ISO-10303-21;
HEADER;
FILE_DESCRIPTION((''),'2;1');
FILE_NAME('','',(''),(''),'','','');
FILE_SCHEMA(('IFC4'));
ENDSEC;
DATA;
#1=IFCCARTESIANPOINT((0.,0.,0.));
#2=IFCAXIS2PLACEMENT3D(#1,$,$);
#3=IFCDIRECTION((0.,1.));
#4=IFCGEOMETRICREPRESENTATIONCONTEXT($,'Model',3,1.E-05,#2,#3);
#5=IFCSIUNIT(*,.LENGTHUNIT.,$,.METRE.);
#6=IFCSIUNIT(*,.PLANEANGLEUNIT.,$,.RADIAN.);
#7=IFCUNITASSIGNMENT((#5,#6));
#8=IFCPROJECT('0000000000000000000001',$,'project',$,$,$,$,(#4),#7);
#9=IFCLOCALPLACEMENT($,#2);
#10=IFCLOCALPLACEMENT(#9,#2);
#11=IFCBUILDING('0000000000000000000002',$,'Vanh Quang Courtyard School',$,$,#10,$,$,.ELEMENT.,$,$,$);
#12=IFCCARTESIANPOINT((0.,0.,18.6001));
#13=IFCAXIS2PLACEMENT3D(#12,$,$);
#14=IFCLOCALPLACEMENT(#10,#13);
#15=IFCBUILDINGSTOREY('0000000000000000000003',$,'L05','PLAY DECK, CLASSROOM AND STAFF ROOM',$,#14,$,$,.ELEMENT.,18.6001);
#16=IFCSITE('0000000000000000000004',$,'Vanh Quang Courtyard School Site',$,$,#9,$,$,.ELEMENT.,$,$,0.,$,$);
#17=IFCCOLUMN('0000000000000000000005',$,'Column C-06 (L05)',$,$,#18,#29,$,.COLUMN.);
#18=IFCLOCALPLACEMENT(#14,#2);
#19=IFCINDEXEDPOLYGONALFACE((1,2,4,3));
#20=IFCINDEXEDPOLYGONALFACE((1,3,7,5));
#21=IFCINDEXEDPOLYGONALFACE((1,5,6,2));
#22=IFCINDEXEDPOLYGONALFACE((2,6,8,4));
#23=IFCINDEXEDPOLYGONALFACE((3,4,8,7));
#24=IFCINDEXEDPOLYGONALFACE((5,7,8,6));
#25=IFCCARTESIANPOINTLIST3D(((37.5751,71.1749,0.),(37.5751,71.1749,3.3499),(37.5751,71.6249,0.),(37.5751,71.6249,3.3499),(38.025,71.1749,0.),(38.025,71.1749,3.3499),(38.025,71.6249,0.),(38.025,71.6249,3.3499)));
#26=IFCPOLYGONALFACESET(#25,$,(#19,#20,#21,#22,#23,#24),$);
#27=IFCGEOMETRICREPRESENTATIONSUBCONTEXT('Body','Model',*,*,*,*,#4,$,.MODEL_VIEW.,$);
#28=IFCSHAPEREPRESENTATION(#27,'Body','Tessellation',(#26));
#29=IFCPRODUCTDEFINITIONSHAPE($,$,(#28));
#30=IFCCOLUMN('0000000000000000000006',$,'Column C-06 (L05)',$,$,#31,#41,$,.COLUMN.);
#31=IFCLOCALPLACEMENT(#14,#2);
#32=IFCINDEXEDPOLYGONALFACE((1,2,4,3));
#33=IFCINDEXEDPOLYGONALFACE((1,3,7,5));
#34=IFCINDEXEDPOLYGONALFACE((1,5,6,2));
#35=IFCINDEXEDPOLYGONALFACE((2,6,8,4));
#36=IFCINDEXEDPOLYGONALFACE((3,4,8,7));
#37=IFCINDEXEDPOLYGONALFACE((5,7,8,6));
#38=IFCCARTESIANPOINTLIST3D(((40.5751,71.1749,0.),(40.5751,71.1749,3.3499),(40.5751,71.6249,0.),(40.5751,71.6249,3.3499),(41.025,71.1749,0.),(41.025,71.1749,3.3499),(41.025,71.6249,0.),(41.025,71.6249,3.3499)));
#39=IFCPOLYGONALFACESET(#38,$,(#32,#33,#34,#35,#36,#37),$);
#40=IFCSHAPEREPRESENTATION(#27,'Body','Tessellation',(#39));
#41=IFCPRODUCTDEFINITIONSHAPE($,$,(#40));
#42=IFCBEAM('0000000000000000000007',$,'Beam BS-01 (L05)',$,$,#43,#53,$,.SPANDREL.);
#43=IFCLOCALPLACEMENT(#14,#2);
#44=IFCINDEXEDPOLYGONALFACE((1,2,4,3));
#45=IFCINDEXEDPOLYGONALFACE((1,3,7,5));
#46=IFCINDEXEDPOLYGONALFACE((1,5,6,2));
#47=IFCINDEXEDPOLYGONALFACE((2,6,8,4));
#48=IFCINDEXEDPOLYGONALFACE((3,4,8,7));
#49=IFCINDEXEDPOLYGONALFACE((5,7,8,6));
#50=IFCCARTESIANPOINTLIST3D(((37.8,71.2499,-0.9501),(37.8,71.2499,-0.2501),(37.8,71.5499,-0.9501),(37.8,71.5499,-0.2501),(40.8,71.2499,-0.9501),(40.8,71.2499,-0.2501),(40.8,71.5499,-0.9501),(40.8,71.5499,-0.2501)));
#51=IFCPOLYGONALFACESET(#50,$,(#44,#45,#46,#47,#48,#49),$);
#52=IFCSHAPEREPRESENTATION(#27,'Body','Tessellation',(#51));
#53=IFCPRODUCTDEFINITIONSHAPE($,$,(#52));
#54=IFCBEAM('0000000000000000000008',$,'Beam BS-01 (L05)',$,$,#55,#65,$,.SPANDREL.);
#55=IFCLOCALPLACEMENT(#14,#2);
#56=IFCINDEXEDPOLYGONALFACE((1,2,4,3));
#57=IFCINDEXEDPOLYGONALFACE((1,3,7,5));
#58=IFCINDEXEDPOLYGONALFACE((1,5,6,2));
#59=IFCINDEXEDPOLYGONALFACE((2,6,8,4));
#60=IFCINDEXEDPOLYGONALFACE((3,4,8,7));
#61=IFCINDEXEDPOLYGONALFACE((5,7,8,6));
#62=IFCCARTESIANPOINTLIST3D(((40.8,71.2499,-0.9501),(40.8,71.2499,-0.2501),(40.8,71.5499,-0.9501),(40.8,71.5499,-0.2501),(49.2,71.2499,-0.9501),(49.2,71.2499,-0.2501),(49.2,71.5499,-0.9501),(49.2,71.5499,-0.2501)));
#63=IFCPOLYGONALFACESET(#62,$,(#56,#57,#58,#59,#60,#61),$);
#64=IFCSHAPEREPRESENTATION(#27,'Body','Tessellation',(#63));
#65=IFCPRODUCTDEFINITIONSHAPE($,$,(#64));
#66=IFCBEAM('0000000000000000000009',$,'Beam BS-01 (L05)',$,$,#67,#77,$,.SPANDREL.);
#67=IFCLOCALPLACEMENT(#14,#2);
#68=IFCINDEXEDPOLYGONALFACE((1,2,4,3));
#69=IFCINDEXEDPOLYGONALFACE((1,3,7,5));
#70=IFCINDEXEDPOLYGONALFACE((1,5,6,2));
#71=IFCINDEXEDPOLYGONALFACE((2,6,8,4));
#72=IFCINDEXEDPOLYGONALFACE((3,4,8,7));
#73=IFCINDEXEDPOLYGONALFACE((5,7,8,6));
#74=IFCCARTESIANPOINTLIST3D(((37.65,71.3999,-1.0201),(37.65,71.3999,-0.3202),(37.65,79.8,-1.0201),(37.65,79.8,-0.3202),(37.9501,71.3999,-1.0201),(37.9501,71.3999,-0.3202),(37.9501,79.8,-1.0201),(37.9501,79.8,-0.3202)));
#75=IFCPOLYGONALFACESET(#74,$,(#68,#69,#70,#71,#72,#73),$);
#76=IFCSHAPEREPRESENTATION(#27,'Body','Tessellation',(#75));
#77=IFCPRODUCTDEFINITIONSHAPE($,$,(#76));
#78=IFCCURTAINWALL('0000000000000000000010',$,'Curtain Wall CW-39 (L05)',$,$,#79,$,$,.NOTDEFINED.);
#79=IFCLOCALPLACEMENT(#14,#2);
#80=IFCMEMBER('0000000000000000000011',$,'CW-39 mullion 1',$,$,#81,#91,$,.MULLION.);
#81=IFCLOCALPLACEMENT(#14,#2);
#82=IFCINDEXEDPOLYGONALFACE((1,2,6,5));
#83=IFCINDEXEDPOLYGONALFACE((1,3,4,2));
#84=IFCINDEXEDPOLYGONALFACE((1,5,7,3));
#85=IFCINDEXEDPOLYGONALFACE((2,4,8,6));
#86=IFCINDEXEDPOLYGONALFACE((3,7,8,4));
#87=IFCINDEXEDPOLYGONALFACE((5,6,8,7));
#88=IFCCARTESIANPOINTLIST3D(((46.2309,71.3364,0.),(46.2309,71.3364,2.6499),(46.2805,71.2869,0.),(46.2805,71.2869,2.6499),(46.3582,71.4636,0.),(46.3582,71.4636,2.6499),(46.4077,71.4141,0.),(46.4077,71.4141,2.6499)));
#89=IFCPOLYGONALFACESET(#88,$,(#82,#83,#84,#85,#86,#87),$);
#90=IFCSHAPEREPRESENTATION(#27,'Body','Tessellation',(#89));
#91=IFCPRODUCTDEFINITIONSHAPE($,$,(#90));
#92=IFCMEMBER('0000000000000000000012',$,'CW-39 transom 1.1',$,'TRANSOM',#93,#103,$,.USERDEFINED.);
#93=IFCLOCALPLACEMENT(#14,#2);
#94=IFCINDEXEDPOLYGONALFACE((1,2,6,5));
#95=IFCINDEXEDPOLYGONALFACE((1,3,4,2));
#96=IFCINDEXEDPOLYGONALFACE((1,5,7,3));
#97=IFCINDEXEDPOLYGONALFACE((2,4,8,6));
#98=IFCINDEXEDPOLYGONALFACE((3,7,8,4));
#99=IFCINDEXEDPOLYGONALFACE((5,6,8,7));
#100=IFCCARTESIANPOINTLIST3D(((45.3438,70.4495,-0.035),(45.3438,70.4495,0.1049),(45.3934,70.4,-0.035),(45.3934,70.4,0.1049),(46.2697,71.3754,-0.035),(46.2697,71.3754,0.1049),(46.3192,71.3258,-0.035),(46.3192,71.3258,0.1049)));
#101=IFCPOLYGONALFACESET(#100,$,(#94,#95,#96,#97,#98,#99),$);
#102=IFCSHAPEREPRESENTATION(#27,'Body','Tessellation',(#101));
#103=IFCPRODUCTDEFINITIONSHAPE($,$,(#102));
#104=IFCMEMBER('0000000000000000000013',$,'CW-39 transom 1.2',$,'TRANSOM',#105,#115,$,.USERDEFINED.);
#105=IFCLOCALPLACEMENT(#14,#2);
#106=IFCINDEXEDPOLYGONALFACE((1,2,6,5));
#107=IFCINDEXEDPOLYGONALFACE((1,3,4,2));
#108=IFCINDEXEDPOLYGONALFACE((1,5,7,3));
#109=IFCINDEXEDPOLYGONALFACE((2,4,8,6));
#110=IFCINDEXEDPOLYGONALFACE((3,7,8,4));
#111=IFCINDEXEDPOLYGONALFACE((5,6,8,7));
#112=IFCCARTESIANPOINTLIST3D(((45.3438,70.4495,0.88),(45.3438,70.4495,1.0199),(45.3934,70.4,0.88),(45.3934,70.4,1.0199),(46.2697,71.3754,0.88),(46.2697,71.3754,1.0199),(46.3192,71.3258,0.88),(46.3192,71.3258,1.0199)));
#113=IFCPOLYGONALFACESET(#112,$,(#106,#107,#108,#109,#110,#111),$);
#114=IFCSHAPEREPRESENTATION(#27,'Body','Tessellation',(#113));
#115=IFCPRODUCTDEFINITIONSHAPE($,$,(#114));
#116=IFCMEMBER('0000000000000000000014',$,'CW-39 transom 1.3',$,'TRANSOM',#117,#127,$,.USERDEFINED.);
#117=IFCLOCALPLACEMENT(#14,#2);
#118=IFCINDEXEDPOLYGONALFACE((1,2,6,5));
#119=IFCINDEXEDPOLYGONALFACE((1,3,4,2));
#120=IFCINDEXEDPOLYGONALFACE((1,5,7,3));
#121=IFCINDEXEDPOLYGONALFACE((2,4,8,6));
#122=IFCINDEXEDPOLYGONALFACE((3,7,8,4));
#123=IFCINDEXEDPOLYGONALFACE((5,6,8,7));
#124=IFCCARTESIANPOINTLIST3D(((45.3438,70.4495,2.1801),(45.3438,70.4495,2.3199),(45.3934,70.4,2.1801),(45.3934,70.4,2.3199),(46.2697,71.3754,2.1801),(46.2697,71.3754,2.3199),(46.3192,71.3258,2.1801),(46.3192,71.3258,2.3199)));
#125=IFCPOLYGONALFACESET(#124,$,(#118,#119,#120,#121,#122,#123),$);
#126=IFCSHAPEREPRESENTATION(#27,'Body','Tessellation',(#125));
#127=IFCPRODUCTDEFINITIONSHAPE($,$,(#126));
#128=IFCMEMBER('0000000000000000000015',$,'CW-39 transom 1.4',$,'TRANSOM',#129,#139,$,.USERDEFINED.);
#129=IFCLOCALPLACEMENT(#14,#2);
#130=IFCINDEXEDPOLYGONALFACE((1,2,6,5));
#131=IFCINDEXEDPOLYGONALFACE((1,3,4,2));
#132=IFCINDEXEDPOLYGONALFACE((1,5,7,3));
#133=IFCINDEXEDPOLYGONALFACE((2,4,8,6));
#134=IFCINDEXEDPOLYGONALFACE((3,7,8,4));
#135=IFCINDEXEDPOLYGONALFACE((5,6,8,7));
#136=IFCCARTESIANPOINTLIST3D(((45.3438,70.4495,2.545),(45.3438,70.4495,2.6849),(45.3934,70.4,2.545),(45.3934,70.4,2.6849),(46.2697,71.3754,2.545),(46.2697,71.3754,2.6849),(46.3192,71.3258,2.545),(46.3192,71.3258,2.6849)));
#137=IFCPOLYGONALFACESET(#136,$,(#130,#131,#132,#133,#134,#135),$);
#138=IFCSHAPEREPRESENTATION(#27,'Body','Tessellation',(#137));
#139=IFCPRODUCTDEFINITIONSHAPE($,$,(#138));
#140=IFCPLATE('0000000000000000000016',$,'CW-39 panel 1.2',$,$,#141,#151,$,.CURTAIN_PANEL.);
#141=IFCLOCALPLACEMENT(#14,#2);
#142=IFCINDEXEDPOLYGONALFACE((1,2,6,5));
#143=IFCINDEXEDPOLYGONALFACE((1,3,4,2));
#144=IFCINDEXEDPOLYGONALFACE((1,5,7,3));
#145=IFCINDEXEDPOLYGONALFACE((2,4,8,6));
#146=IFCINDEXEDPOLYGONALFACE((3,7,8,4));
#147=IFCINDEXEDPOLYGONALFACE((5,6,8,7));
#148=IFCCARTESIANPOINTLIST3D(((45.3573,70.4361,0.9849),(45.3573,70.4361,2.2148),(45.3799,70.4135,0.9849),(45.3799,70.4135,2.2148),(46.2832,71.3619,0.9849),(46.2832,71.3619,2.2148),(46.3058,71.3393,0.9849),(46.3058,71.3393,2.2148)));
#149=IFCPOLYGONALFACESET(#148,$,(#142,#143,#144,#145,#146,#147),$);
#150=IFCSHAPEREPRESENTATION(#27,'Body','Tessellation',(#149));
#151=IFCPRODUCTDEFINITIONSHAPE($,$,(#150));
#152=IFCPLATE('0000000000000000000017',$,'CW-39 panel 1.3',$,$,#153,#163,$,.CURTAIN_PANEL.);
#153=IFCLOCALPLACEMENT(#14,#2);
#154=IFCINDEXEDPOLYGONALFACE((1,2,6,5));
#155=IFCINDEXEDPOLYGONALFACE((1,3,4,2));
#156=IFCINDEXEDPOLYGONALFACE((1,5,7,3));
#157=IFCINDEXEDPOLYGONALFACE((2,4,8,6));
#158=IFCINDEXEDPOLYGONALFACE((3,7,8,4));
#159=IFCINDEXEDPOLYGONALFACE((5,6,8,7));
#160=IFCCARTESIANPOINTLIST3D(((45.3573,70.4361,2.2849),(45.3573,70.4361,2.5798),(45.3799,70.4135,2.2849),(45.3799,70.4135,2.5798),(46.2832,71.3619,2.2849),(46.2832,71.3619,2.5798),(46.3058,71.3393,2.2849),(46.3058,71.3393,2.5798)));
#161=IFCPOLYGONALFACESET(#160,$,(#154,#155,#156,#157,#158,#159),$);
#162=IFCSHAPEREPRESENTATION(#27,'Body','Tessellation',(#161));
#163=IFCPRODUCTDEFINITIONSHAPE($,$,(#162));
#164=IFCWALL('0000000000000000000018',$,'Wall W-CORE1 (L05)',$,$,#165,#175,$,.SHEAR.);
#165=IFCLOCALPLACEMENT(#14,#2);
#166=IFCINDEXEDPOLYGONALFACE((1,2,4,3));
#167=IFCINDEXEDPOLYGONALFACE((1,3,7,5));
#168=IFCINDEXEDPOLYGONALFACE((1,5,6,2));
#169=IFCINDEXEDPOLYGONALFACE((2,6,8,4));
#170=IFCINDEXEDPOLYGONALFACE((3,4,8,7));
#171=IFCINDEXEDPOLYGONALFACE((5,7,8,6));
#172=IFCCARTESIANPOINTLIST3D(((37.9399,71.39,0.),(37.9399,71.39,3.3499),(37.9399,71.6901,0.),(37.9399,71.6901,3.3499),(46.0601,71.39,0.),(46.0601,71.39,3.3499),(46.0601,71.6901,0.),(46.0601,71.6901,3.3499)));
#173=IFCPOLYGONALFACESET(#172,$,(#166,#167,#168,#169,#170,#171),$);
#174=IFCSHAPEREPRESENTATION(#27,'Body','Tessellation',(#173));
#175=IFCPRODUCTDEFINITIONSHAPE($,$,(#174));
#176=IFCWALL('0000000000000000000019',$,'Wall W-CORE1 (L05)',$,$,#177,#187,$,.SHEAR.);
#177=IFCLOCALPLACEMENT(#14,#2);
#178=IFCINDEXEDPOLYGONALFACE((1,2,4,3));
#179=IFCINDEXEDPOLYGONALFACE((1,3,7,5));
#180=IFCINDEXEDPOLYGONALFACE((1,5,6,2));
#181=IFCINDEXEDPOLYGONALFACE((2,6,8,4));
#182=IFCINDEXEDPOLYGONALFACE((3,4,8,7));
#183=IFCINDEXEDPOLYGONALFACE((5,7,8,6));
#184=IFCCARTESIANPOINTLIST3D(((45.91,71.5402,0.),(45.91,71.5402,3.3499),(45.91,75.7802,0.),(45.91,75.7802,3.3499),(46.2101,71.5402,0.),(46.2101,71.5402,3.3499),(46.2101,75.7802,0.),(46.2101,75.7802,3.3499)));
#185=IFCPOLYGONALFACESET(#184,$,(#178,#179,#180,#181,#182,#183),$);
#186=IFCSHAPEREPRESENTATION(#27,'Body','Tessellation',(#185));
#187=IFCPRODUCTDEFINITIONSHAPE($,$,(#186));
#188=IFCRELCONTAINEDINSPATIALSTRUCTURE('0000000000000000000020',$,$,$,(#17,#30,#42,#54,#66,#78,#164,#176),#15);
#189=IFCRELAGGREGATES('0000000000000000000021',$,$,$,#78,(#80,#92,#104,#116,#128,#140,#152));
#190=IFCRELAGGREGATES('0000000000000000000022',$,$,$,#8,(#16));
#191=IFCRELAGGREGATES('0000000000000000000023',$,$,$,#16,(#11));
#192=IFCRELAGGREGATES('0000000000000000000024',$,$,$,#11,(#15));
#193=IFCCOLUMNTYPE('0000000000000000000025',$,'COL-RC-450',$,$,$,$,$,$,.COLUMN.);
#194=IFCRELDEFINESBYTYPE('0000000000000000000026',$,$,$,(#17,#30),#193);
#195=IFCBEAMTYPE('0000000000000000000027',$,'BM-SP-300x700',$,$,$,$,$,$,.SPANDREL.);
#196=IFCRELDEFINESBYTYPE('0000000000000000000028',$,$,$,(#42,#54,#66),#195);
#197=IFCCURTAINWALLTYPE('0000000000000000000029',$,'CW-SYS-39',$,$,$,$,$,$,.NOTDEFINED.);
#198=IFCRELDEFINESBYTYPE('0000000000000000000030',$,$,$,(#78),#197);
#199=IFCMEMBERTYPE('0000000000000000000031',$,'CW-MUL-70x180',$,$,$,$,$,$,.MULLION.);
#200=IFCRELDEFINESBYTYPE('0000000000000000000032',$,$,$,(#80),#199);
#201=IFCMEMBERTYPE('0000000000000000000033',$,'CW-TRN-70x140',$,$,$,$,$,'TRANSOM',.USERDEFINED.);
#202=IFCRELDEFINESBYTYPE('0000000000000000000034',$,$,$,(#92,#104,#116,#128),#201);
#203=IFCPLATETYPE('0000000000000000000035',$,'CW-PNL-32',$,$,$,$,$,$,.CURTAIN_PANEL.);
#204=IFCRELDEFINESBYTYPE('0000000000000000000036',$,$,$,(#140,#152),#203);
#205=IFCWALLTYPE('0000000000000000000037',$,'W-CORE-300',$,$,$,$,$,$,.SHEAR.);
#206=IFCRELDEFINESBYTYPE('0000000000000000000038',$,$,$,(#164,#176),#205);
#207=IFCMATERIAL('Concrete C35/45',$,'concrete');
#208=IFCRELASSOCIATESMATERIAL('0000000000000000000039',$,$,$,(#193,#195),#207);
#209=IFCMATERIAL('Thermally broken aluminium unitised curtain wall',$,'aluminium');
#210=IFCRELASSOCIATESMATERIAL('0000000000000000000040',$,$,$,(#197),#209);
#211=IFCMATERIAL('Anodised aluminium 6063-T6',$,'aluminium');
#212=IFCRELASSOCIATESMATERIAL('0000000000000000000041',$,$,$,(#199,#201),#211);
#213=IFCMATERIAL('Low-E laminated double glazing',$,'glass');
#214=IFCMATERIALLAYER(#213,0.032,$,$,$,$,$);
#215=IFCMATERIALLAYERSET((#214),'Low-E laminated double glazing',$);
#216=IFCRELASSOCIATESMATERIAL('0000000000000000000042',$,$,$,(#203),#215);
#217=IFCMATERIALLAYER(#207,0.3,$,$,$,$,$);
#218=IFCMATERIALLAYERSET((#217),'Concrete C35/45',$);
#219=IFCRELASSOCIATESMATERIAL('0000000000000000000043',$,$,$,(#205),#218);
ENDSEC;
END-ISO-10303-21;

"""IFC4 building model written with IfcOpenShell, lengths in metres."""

from ifc_helpers import new_model, si_unit, direction, frame, frame_2d, origin, origin_2d, place, context, subcontext, project, spatial, rectangle, extrude, material, layer, layer_set, material_profile, profile_set, type_object, element, aggregate, save


model = new_model("IFC4")

# Units and contexts
model_context = context("Model", 3, precision=1e-05, world=origin(), true_north=direction((0.0, 1.0)))
body_context = subcontext(model_context, "Body", "Model", "MODEL_VIEW")
ifc_project = project(units=[si_unit("LENGTHUNIT", "METRE"), si_unit("PLANEANGLEUNIT", "RADIAN")], contexts=[model_context])

# Site, building, storey
site_placement = place(None, origin())
site = spatial("IfcSite", under=ifc_project, at=site_placement, Name="Vanh Quang Courtyard School Site", CompositionType="ELEMENT", RefElevation=0.0)
building_placement = place(site_placement, origin())
building = spatial("IfcBuilding", under=site, at=building_placement, Name="Vanh Quang Courtyard School", CompositionType="ELEMENT")
storey_placement = place(building_placement, frame((0.0, 0.0, 18.6001)))
storey = spatial("IfcBuildingStorey", under=building, at=storey_placement, Name="L05", Description="PLAY DECK, CLASSROOM AND STAFF ROOM", CompositionType="ELEMENT", Elevation=18.6001)

# Columns
ifc_material_1 = material(Name="Concrete C35/45", Category="concrete")
ifc_material_profile_1 = material_profile(ifc_material_1, rectangle(XDim=0.45, YDim=0.45, at=origin_2d()), Name="RC-COL 450x450")
ifc_profile_set_1 = profile_set([ifc_material_profile_1], Name="Concrete C35/45")
column_type = type_object("IfcColumnType", Name="COL-RC-450", PredefinedType="COLUMN", material=ifc_profile_set_1)
for number, where, z_axis, x_axis, name in (
    (1, (37.8, 71.3999, 0.0), (0.0, 0.0, 1.0), (1.0, 0.0, 0.0), "Column C-06 (L05)"),
    (2, (40.8, 71.3999, 0.0), (0.0, 0.0, 1.0), (1.0, 0.0, 0.0), "Column C-06 (L05)"),
):
    element("IfcColumn", number, at=place(storey_placement, frame(where, z_axis=z_axis, x_axis=x_axis)), inside=storey, type_object=column_type, Name=name, PredefinedType="COLUMN", context=body_context, shape_type="SweptSolid", body=[
        extrude(rectangle(XDim=0.45, YDim=0.45, at=origin_2d()), origin(), (0.0, 0.0, 1.0), 3.3499),
    ])

# Beams
ifc_material_profile_2 = material_profile(ifc_material_1, rectangle(XDim=0.3, YDim=0.7, at=origin_2d()), Name="RC-SP 300x700")
ifc_profile_set_2 = profile_set([ifc_material_profile_2], Name="Concrete C35/45")
beam_type = type_object("IfcBeamType", Name="BM-SP-300x700", PredefinedType="SPANDREL", material=ifc_profile_set_2)
beam_1_placement = place(storey_placement, frame((37.8, 71.3999, -0.6001), z_axis=(1.0, 0.0, 0.0), x_axis=(0.0, 1.0, 0.0)))
element("IfcBeam", 3, at=beam_1_placement, inside=storey, type_object=beam_type, Name="Beam BS-01 (L05)", PredefinedType="SPANDREL", context=body_context, shape_type="SweptSolid", body=[
    extrude(rectangle(XDim=0.3, YDim=0.7, at=origin_2d()), origin(), (0.0, 0.0, 1.0), 3.0),
])
beam_2_placement = place(storey_placement, frame((40.8, 71.3999, -0.6001), z_axis=(1.0, 0.0, 0.0), x_axis=(0.0, 1.0, 0.0)))
element("IfcBeam", 4, at=beam_2_placement, inside=storey, type_object=beam_type, Name="Beam BS-01 (L05)", PredefinedType="SPANDREL", context=body_context, shape_type="SweptSolid", body=[
    extrude(rectangle(XDim=0.3, YDim=0.7, at=origin_2d()), origin(), (0.0, 0.0, 1.0), 8.3999),
])
beam_3_placement = place(storey_placement, frame((37.8, 71.3999, -0.6702), z_axis=(0.0, 1.0, 0.0), x_axis=(-1.0, 0.0, 0.0)))
element("IfcBeam", 5, at=beam_3_placement, inside=storey, type_object=beam_type, Name="Beam BS-01 (L05)", PredefinedType="SPANDREL", context=body_context, shape_type="SweptSolid", body=[
    extrude(rectangle(XDim=0.3, YDim=0.7, at=origin_2d()), origin(), (0.0, 0.0, 1.0), 8.4001),
])

# Curtain wall, members, plates
ifc_material_2 = material(Name="Thermally broken aluminium unitised curtain wall", Category="aluminium")
curtain_wall_type = type_object("IfcCurtainWallType", Name="CW-SYS-39", PredefinedType="NOTDEFINED", material=ifc_material_2)
curtain_wall_placement = place(storey_placement, origin())
curtain_wall = element("IfcCurtainWall", 6, at=curtain_wall_placement, inside=storey, type_object=curtain_wall_type, Name="Curtain Wall CW-39 (L05)", PredefinedType="NOTDEFINED")
ifc_material_3 = material(Name="Anodised aluminium 6063-T6", Category="aluminium")
ifc_material_profile_3 = material_profile(ifc_material_3, rectangle(XDim=0.0701, YDim=0.1799, at=origin_2d()), Name="ALU-MUL 70x180")
ifc_profile_set_3 = profile_set([ifc_material_profile_3], Name="Anodised aluminium 6063-T6")
member_type_1 = type_object("IfcMemberType", Name="CW-MUL-70x180", PredefinedType="MULLION", material=ifc_profile_set_3)
member_1_placement = place(storey_placement, frame((46.3193, 71.3752, 0.0), z_axis=(0.0, 0.0, 1.0), x_axis=(0.707107, -0.707107, 0.0)))
member_1 = element("IfcMember", 7, at=member_1_placement, type_object=member_type_1, Name="CW-39 mullion 1", PredefinedType="MULLION", context=body_context, shape_type="SweptSolid", body=[
    extrude(rectangle(XDim=0.0701, YDim=0.1799, at=origin_2d()), origin(), (0.0, 0.0, 1.0), 2.6499),
])
ifc_material_profile_4 = material_profile(ifc_material_3, rectangle(XDim=0.0701, YDim=0.1399, at=origin_2d()), Name="ALU-TRN 70x140")
ifc_profile_set_4 = profile_set([ifc_material_profile_4], Name="Anodised aluminium 6063-T6")
member_type_2 = type_object("IfcMemberType", Name="CW-TRN-70x140", ElementType="TRANSOM", PredefinedType="USERDEFINED", material=ifc_profile_set_4)
member_2_placement = place(storey_placement, frame((46.2944, 71.3506, 0.0349), z_axis=(-0.707107, -0.707107, 0.0), x_axis=(0.707107, -0.707107, 0.0)))
member_2 = element("IfcMember", 8, at=member_2_placement, type_object=member_type_2, Name="CW-39 transom 1.1", ObjectType="TRANSOM", PredefinedType="USERDEFINED", context=body_context, shape_type="SweptSolid", body=[
    extrude(rectangle(XDim=0.0701, YDim=0.1399, at=origin_2d()), origin(), (0.0, 0.0, 1.0), 1.3093),
])
member_3_placement = place(storey_placement, frame((46.2944, 71.3506, 0.95), z_axis=(-0.707107, -0.707107, 0.0), x_axis=(0.707107, -0.707107, 0.0)))
member_3 = element("IfcMember", 9, at=member_3_placement, type_object=member_type_2, Name="CW-39 transom 1.2", ObjectType="TRANSOM", PredefinedType="USERDEFINED", context=body_context, shape_type="SweptSolid", body=[
    extrude(rectangle(XDim=0.0701, YDim=0.1399, at=origin_2d()), origin(), (0.0, 0.0, 1.0), 1.3093),
])
member_4_placement = place(storey_placement, frame((46.2944, 71.3506, 2.25), z_axis=(-0.707107, -0.707107, 0.0), x_axis=(0.707107, -0.707107, 0.0)))
member_4 = element("IfcMember", 10, at=member_4_placement, type_object=member_type_2, Name="CW-39 transom 1.3", ObjectType="TRANSOM", PredefinedType="USERDEFINED", context=body_context, shape_type="SweptSolid", body=[
    extrude(rectangle(XDim=0.0701, YDim=0.1399, at=origin_2d()), origin(), (0.0, 0.0, 1.0), 1.3093),
])
member_5_placement = place(storey_placement, frame((46.2944, 71.3506, 2.615), z_axis=(-0.707107, -0.707107, 0.0), x_axis=(0.707107, -0.707107, 0.0)))
member_5 = element("IfcMember", 11, at=member_5_placement, type_object=member_type_2, Name="CW-39 transom 1.4", ObjectType="TRANSOM", PredefinedType="USERDEFINED", context=body_context, shape_type="SweptSolid", body=[
    extrude(rectangle(XDim=0.0701, YDim=0.1399, at=origin_2d()), origin(), (0.0, 0.0, 1.0), 1.3093),
])
ifc_material_4 = material(Name="Low-E laminated double glazing", Category="glass")
ifc_layer_1 = layer(ifc_material_4, 0.032)
ifc_layer_set_1 = layer_set([ifc_layer_1], Name="Low-E laminated double glazing")
plate_type = type_object("IfcPlateType", Name="CW-PNL-32", PredefinedType="CURTAIN_PANEL", material=ifc_layer_set_1)
plate_1_placement = place(storey_placement, frame((45.8315, 70.8877, 0.9849), z_axis=(0.0, 0.0, 1.0), x_axis=(-0.707107, -0.707107, 0.0)))
plate_1 = element("IfcPlate", 12, at=plate_1_placement, type_object=plate_type, Name="CW-39 panel 1.2", PredefinedType="CURTAIN_PANEL", context=body_context, shape_type="SweptSolid", body=[
    extrude(rectangle(XDim=1.3093, YDim=0.032, at=origin_2d()), origin(), (0.0, 0.0, 1.0), 1.23),
])
plate_2_placement = place(storey_placement, frame((45.8315, 70.8877, 2.2849), z_axis=(0.0, 0.0, 1.0), x_axis=(-0.707107, -0.707107, 0.0)))
plate_2 = element("IfcPlate", 13, at=plate_2_placement, type_object=plate_type, Name="CW-39 panel 1.3", PredefinedType="CURTAIN_PANEL", context=body_context, shape_type="SweptSolid", body=[
    extrude(rectangle(XDim=1.3093, YDim=0.032, at=origin_2d()), origin(), (0.0, 0.0, 1.0), 0.2949),
])
aggregate(curtain_wall, [member_1, member_2, member_3, member_4, member_5, plate_1, plate_2])

# Walls
ifc_layer_2 = layer(ifc_material_1, 0.3)
ifc_layer_set_2 = layer_set([ifc_layer_2], Name="Concrete C35/45")
wall_type_1 = type_object("IfcWallType", Name="W-CORE-300", PredefinedType="SHEAR", material=ifc_layer_set_2)
wall_1_placement = place(storey_placement, frame((37.9399, 71.54, 0.0), z_axis=(0.0, 0.0, 1.0), x_axis=(1.0, 0.0, 0.0)))
element("IfcWall", 14, at=wall_1_placement, inside=storey, type_object=wall_type_1, Name="Wall W-CORE1 (L05)", PredefinedType="SHEAR", context=body_context, shape_type="SweptSolid", body=[
    extrude(rectangle(XDim=8.1201, YDim=0.3, at=frame_2d((4.0601, 0.0))), origin(), (0.0, 0.0, 1.0), 3.3499),
])
wall_2_placement = place(storey_placement, frame((46.0601, 71.54, 0.0), z_axis=(0.0, 0.0, 1.0), x_axis=(0.0, 1.0, 0.0)))
element("IfcWall", 15, at=wall_2_placement, inside=storey, type_object=wall_type_1, Name="Wall W-CORE1 (L05)", PredefinedType="SHEAR", context=body_context, shape_type="SweptSolid", body=[
    extrude(rectangle(XDim=4.24, YDim=0.3, at=frame_2d((2.1201, 0.0))), origin(), (0.0, 0.0, 1.0), 3.3499),
])

save(model, "model.ifc")
